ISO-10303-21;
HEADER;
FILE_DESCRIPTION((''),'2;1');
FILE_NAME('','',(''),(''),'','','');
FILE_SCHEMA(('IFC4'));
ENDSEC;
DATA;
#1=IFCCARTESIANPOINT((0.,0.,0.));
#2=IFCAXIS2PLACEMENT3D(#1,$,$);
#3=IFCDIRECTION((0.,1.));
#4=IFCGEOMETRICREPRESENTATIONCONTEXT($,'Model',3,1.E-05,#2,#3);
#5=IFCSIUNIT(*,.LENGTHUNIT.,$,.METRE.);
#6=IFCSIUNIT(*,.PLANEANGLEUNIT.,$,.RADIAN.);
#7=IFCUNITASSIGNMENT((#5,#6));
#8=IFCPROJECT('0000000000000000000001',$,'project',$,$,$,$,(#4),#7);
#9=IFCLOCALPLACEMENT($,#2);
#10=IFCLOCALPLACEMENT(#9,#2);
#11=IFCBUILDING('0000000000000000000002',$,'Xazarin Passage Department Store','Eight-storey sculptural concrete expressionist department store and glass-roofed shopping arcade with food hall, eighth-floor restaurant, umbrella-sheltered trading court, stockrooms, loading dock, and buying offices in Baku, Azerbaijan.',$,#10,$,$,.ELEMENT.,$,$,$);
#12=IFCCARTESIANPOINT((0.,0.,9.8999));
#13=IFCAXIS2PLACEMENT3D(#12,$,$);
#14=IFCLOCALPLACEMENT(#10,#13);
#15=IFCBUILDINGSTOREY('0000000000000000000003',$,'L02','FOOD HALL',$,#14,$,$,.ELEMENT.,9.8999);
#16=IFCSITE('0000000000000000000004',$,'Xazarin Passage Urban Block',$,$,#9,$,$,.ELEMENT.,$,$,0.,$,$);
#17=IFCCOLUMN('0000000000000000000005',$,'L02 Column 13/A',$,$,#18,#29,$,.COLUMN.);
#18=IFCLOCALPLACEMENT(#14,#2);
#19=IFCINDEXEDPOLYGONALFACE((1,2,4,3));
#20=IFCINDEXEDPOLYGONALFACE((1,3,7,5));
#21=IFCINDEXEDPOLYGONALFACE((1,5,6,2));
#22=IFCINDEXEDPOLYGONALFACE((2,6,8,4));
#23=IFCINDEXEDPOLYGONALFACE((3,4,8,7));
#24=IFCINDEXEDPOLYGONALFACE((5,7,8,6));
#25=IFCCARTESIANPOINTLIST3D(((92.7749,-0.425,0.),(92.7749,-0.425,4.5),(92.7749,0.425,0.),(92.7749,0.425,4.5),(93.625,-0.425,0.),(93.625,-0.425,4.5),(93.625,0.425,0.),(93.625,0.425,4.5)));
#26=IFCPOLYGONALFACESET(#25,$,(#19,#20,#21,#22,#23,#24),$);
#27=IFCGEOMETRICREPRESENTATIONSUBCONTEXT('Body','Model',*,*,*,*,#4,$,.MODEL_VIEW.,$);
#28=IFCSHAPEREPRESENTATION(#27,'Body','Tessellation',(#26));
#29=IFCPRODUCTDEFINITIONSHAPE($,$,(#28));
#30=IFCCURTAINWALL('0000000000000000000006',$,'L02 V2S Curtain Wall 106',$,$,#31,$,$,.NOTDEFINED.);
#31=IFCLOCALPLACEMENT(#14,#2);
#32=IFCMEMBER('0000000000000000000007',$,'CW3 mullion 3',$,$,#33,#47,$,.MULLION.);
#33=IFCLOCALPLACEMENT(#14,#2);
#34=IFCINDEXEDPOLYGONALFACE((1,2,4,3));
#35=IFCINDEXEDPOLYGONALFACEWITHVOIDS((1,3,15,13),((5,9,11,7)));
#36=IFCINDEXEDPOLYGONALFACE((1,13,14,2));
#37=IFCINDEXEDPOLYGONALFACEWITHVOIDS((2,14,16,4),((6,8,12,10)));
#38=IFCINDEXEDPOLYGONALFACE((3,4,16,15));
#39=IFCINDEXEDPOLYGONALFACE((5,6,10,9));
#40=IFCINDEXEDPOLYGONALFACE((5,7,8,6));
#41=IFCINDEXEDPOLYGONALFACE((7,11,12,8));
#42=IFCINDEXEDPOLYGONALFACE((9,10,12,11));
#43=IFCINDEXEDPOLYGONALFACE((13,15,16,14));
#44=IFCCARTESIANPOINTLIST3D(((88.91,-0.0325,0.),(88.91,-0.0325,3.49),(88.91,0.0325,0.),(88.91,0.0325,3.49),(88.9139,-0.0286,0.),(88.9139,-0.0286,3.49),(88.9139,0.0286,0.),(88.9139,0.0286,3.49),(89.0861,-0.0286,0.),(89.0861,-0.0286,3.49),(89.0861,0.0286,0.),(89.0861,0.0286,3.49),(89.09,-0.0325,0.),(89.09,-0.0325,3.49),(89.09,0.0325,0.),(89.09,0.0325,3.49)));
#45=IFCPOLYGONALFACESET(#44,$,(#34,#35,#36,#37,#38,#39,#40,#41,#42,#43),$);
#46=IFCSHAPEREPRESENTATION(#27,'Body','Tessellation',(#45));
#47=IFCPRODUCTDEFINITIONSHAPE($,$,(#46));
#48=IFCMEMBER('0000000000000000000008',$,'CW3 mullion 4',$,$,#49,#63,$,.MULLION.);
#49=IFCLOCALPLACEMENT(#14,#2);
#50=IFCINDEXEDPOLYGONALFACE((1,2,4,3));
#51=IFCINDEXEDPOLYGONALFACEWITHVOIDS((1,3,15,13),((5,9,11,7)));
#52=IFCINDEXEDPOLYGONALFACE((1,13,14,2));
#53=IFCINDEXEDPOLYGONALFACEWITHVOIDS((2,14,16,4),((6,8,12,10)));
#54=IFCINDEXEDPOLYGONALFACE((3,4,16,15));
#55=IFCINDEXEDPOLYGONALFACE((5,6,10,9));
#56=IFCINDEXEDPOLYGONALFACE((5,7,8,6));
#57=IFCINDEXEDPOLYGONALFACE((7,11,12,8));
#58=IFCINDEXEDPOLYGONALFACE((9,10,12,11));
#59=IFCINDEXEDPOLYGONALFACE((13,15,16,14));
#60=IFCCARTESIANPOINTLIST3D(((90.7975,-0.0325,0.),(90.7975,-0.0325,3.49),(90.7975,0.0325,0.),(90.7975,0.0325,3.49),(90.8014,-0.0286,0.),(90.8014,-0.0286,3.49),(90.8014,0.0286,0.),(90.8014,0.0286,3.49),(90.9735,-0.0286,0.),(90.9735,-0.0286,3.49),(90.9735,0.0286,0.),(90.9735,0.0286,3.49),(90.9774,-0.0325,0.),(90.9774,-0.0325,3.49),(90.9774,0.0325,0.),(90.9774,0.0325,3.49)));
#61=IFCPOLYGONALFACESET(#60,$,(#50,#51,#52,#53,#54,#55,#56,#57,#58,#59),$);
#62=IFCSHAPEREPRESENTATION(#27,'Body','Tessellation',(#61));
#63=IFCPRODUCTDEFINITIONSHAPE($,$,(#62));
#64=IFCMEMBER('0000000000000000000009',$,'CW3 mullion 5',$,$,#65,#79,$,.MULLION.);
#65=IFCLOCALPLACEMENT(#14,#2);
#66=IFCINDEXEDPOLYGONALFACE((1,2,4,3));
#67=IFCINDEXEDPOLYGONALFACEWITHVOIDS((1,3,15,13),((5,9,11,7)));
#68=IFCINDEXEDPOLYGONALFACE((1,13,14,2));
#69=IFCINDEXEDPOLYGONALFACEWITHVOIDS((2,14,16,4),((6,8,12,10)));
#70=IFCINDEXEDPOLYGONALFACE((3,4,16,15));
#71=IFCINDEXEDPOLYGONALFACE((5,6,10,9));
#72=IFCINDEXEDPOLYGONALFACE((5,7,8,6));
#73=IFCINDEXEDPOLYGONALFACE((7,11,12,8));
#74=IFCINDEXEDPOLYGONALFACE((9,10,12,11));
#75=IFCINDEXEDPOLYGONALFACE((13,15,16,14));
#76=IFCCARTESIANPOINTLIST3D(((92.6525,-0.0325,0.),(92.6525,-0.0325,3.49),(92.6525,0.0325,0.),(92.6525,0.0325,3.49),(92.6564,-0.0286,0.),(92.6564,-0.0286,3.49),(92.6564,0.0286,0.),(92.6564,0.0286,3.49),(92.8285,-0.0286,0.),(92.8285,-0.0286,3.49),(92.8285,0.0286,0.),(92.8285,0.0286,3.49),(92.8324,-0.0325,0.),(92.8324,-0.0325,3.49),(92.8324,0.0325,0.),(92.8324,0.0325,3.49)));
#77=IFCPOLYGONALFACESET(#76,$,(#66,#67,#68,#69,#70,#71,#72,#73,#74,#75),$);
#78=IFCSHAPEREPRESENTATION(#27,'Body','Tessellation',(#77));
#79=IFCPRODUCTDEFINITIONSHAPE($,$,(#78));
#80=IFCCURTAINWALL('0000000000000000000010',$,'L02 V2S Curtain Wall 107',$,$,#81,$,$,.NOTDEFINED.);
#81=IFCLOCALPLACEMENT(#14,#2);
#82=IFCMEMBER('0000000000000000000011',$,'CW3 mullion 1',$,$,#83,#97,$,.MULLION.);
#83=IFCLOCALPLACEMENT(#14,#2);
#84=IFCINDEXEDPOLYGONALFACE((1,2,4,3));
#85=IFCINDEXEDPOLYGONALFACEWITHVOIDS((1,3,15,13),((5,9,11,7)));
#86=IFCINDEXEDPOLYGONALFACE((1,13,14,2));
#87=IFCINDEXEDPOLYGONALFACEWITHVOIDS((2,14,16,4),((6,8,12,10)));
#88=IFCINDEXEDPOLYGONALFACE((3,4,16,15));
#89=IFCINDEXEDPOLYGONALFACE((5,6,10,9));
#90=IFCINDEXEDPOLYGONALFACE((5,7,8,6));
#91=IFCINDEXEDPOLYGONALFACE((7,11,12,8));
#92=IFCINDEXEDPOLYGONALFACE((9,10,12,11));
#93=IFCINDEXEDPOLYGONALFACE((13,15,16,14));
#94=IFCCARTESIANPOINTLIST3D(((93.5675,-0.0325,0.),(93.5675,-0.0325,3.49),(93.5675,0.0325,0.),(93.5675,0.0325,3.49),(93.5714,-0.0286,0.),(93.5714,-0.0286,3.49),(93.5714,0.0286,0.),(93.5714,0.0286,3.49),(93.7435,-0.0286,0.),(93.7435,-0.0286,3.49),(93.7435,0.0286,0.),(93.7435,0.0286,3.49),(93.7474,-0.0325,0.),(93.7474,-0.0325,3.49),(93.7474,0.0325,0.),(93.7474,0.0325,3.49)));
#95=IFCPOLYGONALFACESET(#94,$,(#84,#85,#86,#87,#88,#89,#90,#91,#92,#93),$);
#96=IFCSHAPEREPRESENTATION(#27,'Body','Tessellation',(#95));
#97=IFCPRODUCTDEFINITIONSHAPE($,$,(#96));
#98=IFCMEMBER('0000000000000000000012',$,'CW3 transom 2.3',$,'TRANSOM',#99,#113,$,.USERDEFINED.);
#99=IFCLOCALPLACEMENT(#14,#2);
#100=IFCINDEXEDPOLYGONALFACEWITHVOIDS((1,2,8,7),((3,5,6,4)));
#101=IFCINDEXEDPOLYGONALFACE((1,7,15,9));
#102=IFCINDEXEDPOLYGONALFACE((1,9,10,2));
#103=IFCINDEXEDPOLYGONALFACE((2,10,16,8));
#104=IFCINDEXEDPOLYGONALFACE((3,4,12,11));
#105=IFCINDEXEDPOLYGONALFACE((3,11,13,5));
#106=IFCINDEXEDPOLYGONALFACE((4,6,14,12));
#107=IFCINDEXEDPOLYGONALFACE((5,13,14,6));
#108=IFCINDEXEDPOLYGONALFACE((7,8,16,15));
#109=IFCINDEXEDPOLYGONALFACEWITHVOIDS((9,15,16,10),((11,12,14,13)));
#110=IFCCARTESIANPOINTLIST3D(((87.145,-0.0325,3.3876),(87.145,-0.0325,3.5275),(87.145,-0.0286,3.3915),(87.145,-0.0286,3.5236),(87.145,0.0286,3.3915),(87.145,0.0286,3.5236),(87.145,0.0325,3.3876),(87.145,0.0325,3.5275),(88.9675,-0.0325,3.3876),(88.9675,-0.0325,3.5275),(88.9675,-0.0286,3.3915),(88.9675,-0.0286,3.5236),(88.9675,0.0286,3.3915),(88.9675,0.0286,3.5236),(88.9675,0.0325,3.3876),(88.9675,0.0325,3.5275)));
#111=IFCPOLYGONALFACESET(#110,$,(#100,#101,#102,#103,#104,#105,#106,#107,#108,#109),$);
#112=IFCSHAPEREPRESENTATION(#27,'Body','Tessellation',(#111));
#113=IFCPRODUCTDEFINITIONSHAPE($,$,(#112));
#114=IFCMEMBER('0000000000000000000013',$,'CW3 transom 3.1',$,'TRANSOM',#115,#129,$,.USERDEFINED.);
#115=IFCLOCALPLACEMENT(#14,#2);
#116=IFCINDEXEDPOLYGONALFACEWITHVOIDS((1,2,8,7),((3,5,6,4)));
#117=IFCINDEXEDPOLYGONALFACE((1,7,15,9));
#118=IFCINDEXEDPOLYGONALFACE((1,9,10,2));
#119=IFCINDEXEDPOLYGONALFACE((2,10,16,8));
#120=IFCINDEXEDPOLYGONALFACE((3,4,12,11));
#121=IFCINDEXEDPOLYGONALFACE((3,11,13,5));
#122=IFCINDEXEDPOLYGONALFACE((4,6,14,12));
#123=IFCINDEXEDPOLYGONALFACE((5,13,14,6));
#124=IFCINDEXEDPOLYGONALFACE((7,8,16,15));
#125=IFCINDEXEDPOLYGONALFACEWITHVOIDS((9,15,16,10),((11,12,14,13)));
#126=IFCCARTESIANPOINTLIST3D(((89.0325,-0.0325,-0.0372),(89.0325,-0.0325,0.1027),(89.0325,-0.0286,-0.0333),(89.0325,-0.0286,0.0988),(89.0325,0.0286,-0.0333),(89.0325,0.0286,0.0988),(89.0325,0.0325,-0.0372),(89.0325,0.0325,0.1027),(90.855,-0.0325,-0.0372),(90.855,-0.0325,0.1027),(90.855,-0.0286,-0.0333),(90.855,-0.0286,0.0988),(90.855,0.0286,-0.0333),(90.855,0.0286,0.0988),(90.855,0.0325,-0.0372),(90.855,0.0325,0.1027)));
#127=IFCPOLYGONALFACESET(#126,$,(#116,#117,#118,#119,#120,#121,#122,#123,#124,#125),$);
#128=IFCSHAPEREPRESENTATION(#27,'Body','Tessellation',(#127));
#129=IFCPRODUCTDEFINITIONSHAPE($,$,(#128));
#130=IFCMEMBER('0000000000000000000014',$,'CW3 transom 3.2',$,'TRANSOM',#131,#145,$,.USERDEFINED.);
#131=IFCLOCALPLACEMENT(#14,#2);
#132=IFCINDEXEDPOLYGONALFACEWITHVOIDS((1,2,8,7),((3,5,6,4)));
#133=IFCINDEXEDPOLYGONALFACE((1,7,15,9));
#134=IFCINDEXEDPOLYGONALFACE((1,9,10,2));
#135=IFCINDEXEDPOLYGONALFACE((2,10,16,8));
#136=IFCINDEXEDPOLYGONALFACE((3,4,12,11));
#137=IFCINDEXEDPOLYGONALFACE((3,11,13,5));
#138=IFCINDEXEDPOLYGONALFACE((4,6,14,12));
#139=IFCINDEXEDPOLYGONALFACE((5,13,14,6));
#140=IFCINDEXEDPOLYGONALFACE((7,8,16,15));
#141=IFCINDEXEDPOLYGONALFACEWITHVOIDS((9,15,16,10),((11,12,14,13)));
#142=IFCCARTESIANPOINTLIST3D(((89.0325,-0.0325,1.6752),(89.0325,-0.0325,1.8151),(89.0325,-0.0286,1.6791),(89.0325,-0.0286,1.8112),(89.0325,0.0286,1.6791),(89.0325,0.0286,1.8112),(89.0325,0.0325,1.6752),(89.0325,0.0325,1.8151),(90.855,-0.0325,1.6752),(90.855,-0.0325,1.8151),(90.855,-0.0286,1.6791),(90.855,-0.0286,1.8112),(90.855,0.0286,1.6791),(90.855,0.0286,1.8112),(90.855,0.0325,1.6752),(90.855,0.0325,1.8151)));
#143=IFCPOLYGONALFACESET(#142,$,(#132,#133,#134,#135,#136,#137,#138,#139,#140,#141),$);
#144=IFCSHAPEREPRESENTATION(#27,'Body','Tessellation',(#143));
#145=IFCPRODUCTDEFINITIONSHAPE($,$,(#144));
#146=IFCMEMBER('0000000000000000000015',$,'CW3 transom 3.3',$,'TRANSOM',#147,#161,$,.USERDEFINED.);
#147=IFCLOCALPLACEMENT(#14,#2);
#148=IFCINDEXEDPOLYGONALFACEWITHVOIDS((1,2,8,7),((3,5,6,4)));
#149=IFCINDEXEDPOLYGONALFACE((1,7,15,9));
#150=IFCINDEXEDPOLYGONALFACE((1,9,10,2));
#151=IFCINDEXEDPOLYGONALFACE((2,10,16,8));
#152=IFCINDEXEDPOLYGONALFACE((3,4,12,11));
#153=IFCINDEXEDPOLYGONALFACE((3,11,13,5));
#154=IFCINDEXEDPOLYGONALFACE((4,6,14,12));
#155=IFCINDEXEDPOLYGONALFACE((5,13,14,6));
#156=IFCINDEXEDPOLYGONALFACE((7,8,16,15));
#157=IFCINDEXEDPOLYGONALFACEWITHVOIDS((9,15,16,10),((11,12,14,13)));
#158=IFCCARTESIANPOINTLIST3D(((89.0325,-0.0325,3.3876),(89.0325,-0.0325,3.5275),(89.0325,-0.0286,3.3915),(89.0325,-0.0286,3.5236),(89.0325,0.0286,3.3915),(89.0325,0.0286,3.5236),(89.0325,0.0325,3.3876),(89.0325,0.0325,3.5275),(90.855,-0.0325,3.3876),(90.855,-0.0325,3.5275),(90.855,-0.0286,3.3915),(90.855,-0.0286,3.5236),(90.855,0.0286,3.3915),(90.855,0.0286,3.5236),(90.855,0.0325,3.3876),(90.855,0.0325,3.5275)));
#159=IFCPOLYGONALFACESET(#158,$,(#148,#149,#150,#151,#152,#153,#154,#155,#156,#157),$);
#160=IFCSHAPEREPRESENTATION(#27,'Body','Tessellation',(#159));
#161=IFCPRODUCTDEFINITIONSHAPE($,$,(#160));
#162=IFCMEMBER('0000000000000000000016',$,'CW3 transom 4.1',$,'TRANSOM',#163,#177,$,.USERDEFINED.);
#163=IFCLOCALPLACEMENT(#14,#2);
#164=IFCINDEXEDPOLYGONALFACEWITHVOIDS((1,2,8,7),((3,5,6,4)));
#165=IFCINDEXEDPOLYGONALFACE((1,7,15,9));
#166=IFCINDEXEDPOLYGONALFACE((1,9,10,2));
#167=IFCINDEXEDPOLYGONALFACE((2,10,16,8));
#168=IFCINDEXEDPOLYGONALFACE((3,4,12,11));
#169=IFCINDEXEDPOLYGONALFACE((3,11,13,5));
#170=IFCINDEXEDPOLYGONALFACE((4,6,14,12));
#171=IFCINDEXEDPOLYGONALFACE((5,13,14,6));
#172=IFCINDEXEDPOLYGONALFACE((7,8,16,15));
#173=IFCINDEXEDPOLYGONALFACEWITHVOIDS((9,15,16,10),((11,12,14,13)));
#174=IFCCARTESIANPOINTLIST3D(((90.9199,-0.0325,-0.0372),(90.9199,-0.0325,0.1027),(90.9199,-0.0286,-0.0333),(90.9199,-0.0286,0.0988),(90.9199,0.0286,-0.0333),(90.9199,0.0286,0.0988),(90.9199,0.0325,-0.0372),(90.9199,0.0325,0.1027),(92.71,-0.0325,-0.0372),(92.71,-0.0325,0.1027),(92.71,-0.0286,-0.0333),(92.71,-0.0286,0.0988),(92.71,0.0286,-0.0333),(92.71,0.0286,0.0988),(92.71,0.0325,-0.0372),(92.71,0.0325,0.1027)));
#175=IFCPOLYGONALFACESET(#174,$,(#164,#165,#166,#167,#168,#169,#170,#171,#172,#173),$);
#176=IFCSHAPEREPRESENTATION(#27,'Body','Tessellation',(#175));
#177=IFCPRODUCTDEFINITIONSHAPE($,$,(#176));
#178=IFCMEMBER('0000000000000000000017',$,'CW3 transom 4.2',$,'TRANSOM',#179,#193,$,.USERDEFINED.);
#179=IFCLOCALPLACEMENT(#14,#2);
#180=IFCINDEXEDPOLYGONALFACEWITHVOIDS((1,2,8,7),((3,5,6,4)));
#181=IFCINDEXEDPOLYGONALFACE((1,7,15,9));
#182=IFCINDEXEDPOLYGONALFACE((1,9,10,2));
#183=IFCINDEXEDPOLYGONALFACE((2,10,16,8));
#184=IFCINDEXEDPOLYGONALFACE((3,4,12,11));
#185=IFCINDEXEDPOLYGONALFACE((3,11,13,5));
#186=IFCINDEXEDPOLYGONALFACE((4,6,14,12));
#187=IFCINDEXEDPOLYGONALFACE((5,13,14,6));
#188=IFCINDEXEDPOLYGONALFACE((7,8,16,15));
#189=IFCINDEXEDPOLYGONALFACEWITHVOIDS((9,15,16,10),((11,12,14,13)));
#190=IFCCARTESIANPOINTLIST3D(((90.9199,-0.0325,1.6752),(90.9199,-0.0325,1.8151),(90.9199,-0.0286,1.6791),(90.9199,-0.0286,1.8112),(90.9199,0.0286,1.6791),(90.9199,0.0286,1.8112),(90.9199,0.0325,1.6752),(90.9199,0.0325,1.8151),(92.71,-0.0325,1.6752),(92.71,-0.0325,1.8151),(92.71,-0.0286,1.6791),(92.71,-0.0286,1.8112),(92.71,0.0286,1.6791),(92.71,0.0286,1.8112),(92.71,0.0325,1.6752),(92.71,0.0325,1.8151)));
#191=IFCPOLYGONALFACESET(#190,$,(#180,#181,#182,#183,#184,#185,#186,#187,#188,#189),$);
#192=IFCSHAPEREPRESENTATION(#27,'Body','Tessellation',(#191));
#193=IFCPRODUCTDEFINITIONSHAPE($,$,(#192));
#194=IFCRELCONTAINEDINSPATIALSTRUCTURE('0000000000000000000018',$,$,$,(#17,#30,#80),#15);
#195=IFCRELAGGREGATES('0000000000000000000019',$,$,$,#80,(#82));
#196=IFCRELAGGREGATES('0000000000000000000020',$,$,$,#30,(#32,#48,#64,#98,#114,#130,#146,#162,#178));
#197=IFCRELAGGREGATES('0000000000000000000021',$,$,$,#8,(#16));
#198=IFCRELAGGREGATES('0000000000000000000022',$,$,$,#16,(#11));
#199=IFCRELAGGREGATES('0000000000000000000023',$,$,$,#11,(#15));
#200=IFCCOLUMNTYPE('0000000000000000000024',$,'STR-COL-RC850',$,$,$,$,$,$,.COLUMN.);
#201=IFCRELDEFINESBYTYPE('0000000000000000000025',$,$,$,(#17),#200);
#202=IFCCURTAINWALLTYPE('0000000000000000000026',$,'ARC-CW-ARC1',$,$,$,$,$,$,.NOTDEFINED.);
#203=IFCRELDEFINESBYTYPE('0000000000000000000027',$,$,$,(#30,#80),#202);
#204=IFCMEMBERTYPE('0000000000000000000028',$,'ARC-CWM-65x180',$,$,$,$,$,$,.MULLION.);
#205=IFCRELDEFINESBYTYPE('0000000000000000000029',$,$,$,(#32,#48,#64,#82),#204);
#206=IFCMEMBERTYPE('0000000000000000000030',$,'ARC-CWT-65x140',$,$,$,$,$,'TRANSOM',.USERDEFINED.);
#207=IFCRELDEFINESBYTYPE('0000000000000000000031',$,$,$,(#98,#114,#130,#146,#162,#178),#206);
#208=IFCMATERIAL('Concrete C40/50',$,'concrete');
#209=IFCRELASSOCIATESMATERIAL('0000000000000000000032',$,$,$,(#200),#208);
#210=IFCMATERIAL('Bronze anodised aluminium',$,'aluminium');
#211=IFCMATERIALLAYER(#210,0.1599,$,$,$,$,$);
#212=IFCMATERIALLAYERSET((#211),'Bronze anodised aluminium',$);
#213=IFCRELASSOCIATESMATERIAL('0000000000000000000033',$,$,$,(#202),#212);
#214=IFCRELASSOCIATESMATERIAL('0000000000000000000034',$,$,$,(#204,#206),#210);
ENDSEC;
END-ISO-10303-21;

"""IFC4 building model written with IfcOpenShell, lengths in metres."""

from ifc_helpers import new_model, si_unit, direction, frame, origin, origin_2d, place, context, subcontext, project, spatial, rectangle, hollow_rectangle, extrude, material, layer, layer_set, material_profile, profile_set, type_object, element, aggregate, save


model = new_model("IFC4")

# Units and contexts
model_context = context("Model", 3, precision=1e-05, world=origin(), true_north=direction((0.0, 1.0)))
body_context = subcontext(model_context, "Body", "Model", "MODEL_VIEW")
ifc_project = project(units=[si_unit("LENGTHUNIT", "METRE"), si_unit("PLANEANGLEUNIT", "RADIAN")], contexts=[model_context])

# Site, building, storey
site_placement = place(None, origin())
site = spatial("IfcSite", under=ifc_project, at=site_placement, Name="Xazarin Passage Urban Block", CompositionType="ELEMENT", RefElevation=0.0)
building_placement = place(site_placement, origin())
building = spatial("IfcBuilding", under=site, at=building_placement, Name="Xazarin Passage Department Store", Description="Eight-storey sculptural concrete expressionist department store and glass-roofed shopping arcade with food hall, eighth-floor restaurant, umbrella-sheltered trading court, stockrooms, loading dock, and buying offices in Baku, Azerbaijan.", CompositionType="ELEMENT")
storey_placement = place(building_placement, frame((0.0, 0.0, 9.8999)))
storey = spatial("IfcBuildingStorey", under=building, at=storey_placement, Name="L02", Description="FOOD HALL", CompositionType="ELEMENT", Elevation=9.8999)

# Column
ifc_material_1 = material(Name="Concrete C40/50", Category="concrete")
ifc_material_profile_1 = material_profile(ifc_material_1, rectangle(XDim=0.8501, YDim=0.8501, at=origin_2d()), Name="RC 850x850")
ifc_profile_set_1 = profile_set([ifc_material_profile_1], Name="Concrete C40/50")
column_type = type_object("IfcColumnType", Name="STR-COL-RC850", PredefinedType="COLUMN", material=ifc_profile_set_1)
column_placement = place(storey_placement, frame((93.2, 0.0, 0.0), z_axis=(0.0, 0.0, 1.0), x_axis=(1.0, 0.0, 0.0)))
element("IfcColumn", 1, at=column_placement, inside=storey, type_object=column_type, Name="L02 Column 13/A", PredefinedType="COLUMN", context=body_context, shape_type="SweptSolid", body=[
    extrude(rectangle(XDim=0.8501, YDim=0.8501, at=origin_2d()), origin(), (0.0, 0.0, 1.0), 4.5),
])

# Curtain wall, members
ifc_material_2 = material(Name="Bronze anodised aluminium", Category="aluminium")
ifc_layer_1 = layer(ifc_material_2, 0.1599)
ifc_layer_set_1 = layer_set([ifc_layer_1], Name="Bronze anodised aluminium")
curtain_wall_type = type_object("IfcCurtainWallType", Name="ARC-CW-ARC1", PredefinedType="NOTDEFINED", material=ifc_layer_set_1)
curtain_wall_1_placement = place(storey_placement, origin())
curtain_wall_1 = element("IfcCurtainWall", 2, at=curtain_wall_1_placement, inside=storey, type_object=curtain_wall_type, Name="L02 V2S Curtain Wall 106", PredefinedType="NOTDEFINED")
ifc_material_profile_2 = material_profile(ifc_material_2, hollow_rectangle(XDim=0.0649, YDim=0.1799, WallThickness=0.0039, at=origin_2d()), Name="ALU 65x180")
ifc_profile_set_2 = profile_set([ifc_material_profile_2], Name="Bronze anodised aluminium")
member_type_1 = type_object("IfcMemberType", Name="ARC-CWM-65x180", PredefinedType="MULLION", material=ifc_profile_set_2)
member_1_placement = place(storey_placement, frame((89.0, 0.0, 0.0), z_axis=(0.0, 0.0, 1.0), x_axis=(0.0, 1.0, 0.0)))
member_1 = element("IfcMember", 3, at=member_1_placement, type_object=member_type_1, Name="CW3 mullion 3", PredefinedType="MULLION", context=body_context, shape_type="SweptSolid", body=[
    extrude(hollow_rectangle(XDim=0.0649, YDim=0.1799, WallThickness=0.0039, at=origin_2d()), origin(), (0.0, 0.0, 1.0), 3.49),
])
member_2_placement = place(storey_placement, frame((90.8875, 0.0, 0.0), z_axis=(0.0, 0.0, 1.0), x_axis=(0.0, 1.0, 0.0)))
member_2 = element("IfcMember", 4, at=member_2_placement, type_object=member_type_1, Name="CW3 mullion 4", PredefinedType="MULLION", context=body_context, shape_type="SweptSolid", body=[
    extrude(hollow_rectangle(XDim=0.0649, YDim=0.1799, WallThickness=0.0039, at=origin_2d()), origin(), (0.0, 0.0, 1.0), 3.49),
])
member_3_placement = place(storey_placement, frame((92.7424, 0.0, 0.0), z_axis=(0.0, 0.0, 1.0), x_axis=(0.0, 1.0, 0.0)))
member_3 = element("IfcMember", 5, at=member_3_placement, type_object=member_type_1, Name="CW3 mullion 5", PredefinedType="MULLION", context=body_context, shape_type="SweptSolid", body=[
    extrude(hollow_rectangle(XDim=0.0649, YDim=0.1799, WallThickness=0.0039, at=origin_2d()), origin(), (0.0, 0.0, 1.0), 3.49),
])

# Curtain wall, member
curtain_wall_2_placement = place(storey_placement, origin())
curtain_wall_2 = element("IfcCurtainWall", 6, at=curtain_wall_2_placement, inside=storey, type_object=curtain_wall_type, Name="L02 V2S Curtain Wall 107", PredefinedType="NOTDEFINED")
member_4_placement = place(storey_placement, frame((93.6575, 0.0, 0.0), z_axis=(0.0, 0.0, 1.0), x_axis=(0.0, 1.0, 0.0)))
member_4 = element("IfcMember", 7, at=member_4_placement, type_object=member_type_1, Name="CW3 mullion 1", PredefinedType="MULLION", context=body_context, shape_type="SweptSolid", body=[
    extrude(hollow_rectangle(XDim=0.0649, YDim=0.1799, WallThickness=0.0039, at=origin_2d()), origin(), (0.0, 0.0, 1.0), 3.49),
])
aggregate(curtain_wall_2, [member_4])

# Members
ifc_material_profile_3 = material_profile(ifc_material_2, hollow_rectangle(XDim=0.0649, YDim=0.1399, WallThickness=0.0039, at=origin_2d()), Name="ALU 65x140")
ifc_profile_set_3 = profile_set([ifc_material_profile_3], Name="Bronze anodised aluminium")
member_type_2 = type_object("IfcMemberType", Name="ARC-CWT-65x140", ElementType="TRANSOM", PredefinedType="USERDEFINED", material=ifc_profile_set_3)
member_5_placement = place(storey_placement, frame((87.145, 0.0, 3.4575), z_axis=(1.0, 0.0, 0.0), x_axis=(0.0, 1.0, 0.0)))
member_5 = element("IfcMember", 8, at=member_5_placement, type_object=member_type_2, Name="CW3 transom 2.3", ObjectType="TRANSOM", PredefinedType="USERDEFINED", context=body_context, shape_type="SweptSolid", body=[
    extrude(hollow_rectangle(XDim=0.0649, YDim=0.1399, WallThickness=0.0039, at=origin_2d()), origin(), (0.0, 0.0, 1.0), 1.8225),
])
member_6_placement = place(storey_placement, frame((89.0325, 0.0, 0.0327), z_axis=(1.0, 0.0, 0.0), x_axis=(0.0, 1.0, 0.0)))
member_6 = element("IfcMember", 9, at=member_6_placement, type_object=member_type_2, Name="CW3 transom 3.1", ObjectType="TRANSOM", PredefinedType="USERDEFINED", context=body_context, shape_type="SweptSolid", body=[
    extrude(hollow_rectangle(XDim=0.0649, YDim=0.1399, WallThickness=0.0039, at=origin_2d()), origin(), (0.0, 0.0, 1.0), 1.8225),
])
member_7_placement = place(storey_placement, frame((89.0325, 0.0, 1.7451), z_axis=(1.0, 0.0, 0.0), x_axis=(0.0, 1.0, 0.0)))
member_7 = element("IfcMember", 10, at=member_7_placement, type_object=member_type_2, Name="CW3 transom 3.2", ObjectType="TRANSOM", PredefinedType="USERDEFINED", context=body_context, shape_type="SweptSolid", body=[
    extrude(hollow_rectangle(XDim=0.0649, YDim=0.1399, WallThickness=0.0039, at=origin_2d()), origin(), (0.0, 0.0, 1.0), 1.8225),
])
member_8_placement = place(storey_placement, frame((89.0325, 0.0, 3.4575), z_axis=(1.0, 0.0, 0.0), x_axis=(0.0, 1.0, 0.0)))
member_8 = element("IfcMember", 11, at=member_8_placement, type_object=member_type_2, Name="CW3 transom 3.3", ObjectType="TRANSOM", PredefinedType="USERDEFINED", context=body_context, shape_type="SweptSolid", body=[
    extrude(hollow_rectangle(XDim=0.0649, YDim=0.1399, WallThickness=0.0039, at=origin_2d()), origin(), (0.0, 0.0, 1.0), 1.8225),
])
member_9_placement = place(storey_placement, frame((90.9199, 0.0, 0.0327), z_axis=(1.0, 0.0, 0.0), x_axis=(0.0, 1.0, 0.0)))
member_9 = element("IfcMember", 12, at=member_9_placement, type_object=member_type_2, Name="CW3 transom 4.1", ObjectType="TRANSOM", PredefinedType="USERDEFINED", context=body_context, shape_type="SweptSolid", body=[
    extrude(hollow_rectangle(XDim=0.0649, YDim=0.1399, WallThickness=0.0039, at=origin_2d()), origin(), (0.0, 0.0, 1.0), 1.79),
])
member_10_placement = place(storey_placement, frame((90.9199, 0.0, 1.7451), z_axis=(1.0, 0.0, 0.0), x_axis=(0.0, 1.0, 0.0)))
member_10 = element("IfcMember", 13, at=member_10_placement, type_object=member_type_2, Name="CW3 transom 4.2", ObjectType="TRANSOM", PredefinedType="USERDEFINED", context=body_context, shape_type="SweptSolid", body=[
    extrude(hollow_rectangle(XDim=0.0649, YDim=0.1399, WallThickness=0.0039, at=origin_2d()), origin(), (0.0, 0.0, 1.0), 1.79),
])

aggregate(curtain_wall_1, [member_1, member_2, member_3, member_5, member_6, member_7, member_8, member_9, member_10])

save(model, "model.ifc")
